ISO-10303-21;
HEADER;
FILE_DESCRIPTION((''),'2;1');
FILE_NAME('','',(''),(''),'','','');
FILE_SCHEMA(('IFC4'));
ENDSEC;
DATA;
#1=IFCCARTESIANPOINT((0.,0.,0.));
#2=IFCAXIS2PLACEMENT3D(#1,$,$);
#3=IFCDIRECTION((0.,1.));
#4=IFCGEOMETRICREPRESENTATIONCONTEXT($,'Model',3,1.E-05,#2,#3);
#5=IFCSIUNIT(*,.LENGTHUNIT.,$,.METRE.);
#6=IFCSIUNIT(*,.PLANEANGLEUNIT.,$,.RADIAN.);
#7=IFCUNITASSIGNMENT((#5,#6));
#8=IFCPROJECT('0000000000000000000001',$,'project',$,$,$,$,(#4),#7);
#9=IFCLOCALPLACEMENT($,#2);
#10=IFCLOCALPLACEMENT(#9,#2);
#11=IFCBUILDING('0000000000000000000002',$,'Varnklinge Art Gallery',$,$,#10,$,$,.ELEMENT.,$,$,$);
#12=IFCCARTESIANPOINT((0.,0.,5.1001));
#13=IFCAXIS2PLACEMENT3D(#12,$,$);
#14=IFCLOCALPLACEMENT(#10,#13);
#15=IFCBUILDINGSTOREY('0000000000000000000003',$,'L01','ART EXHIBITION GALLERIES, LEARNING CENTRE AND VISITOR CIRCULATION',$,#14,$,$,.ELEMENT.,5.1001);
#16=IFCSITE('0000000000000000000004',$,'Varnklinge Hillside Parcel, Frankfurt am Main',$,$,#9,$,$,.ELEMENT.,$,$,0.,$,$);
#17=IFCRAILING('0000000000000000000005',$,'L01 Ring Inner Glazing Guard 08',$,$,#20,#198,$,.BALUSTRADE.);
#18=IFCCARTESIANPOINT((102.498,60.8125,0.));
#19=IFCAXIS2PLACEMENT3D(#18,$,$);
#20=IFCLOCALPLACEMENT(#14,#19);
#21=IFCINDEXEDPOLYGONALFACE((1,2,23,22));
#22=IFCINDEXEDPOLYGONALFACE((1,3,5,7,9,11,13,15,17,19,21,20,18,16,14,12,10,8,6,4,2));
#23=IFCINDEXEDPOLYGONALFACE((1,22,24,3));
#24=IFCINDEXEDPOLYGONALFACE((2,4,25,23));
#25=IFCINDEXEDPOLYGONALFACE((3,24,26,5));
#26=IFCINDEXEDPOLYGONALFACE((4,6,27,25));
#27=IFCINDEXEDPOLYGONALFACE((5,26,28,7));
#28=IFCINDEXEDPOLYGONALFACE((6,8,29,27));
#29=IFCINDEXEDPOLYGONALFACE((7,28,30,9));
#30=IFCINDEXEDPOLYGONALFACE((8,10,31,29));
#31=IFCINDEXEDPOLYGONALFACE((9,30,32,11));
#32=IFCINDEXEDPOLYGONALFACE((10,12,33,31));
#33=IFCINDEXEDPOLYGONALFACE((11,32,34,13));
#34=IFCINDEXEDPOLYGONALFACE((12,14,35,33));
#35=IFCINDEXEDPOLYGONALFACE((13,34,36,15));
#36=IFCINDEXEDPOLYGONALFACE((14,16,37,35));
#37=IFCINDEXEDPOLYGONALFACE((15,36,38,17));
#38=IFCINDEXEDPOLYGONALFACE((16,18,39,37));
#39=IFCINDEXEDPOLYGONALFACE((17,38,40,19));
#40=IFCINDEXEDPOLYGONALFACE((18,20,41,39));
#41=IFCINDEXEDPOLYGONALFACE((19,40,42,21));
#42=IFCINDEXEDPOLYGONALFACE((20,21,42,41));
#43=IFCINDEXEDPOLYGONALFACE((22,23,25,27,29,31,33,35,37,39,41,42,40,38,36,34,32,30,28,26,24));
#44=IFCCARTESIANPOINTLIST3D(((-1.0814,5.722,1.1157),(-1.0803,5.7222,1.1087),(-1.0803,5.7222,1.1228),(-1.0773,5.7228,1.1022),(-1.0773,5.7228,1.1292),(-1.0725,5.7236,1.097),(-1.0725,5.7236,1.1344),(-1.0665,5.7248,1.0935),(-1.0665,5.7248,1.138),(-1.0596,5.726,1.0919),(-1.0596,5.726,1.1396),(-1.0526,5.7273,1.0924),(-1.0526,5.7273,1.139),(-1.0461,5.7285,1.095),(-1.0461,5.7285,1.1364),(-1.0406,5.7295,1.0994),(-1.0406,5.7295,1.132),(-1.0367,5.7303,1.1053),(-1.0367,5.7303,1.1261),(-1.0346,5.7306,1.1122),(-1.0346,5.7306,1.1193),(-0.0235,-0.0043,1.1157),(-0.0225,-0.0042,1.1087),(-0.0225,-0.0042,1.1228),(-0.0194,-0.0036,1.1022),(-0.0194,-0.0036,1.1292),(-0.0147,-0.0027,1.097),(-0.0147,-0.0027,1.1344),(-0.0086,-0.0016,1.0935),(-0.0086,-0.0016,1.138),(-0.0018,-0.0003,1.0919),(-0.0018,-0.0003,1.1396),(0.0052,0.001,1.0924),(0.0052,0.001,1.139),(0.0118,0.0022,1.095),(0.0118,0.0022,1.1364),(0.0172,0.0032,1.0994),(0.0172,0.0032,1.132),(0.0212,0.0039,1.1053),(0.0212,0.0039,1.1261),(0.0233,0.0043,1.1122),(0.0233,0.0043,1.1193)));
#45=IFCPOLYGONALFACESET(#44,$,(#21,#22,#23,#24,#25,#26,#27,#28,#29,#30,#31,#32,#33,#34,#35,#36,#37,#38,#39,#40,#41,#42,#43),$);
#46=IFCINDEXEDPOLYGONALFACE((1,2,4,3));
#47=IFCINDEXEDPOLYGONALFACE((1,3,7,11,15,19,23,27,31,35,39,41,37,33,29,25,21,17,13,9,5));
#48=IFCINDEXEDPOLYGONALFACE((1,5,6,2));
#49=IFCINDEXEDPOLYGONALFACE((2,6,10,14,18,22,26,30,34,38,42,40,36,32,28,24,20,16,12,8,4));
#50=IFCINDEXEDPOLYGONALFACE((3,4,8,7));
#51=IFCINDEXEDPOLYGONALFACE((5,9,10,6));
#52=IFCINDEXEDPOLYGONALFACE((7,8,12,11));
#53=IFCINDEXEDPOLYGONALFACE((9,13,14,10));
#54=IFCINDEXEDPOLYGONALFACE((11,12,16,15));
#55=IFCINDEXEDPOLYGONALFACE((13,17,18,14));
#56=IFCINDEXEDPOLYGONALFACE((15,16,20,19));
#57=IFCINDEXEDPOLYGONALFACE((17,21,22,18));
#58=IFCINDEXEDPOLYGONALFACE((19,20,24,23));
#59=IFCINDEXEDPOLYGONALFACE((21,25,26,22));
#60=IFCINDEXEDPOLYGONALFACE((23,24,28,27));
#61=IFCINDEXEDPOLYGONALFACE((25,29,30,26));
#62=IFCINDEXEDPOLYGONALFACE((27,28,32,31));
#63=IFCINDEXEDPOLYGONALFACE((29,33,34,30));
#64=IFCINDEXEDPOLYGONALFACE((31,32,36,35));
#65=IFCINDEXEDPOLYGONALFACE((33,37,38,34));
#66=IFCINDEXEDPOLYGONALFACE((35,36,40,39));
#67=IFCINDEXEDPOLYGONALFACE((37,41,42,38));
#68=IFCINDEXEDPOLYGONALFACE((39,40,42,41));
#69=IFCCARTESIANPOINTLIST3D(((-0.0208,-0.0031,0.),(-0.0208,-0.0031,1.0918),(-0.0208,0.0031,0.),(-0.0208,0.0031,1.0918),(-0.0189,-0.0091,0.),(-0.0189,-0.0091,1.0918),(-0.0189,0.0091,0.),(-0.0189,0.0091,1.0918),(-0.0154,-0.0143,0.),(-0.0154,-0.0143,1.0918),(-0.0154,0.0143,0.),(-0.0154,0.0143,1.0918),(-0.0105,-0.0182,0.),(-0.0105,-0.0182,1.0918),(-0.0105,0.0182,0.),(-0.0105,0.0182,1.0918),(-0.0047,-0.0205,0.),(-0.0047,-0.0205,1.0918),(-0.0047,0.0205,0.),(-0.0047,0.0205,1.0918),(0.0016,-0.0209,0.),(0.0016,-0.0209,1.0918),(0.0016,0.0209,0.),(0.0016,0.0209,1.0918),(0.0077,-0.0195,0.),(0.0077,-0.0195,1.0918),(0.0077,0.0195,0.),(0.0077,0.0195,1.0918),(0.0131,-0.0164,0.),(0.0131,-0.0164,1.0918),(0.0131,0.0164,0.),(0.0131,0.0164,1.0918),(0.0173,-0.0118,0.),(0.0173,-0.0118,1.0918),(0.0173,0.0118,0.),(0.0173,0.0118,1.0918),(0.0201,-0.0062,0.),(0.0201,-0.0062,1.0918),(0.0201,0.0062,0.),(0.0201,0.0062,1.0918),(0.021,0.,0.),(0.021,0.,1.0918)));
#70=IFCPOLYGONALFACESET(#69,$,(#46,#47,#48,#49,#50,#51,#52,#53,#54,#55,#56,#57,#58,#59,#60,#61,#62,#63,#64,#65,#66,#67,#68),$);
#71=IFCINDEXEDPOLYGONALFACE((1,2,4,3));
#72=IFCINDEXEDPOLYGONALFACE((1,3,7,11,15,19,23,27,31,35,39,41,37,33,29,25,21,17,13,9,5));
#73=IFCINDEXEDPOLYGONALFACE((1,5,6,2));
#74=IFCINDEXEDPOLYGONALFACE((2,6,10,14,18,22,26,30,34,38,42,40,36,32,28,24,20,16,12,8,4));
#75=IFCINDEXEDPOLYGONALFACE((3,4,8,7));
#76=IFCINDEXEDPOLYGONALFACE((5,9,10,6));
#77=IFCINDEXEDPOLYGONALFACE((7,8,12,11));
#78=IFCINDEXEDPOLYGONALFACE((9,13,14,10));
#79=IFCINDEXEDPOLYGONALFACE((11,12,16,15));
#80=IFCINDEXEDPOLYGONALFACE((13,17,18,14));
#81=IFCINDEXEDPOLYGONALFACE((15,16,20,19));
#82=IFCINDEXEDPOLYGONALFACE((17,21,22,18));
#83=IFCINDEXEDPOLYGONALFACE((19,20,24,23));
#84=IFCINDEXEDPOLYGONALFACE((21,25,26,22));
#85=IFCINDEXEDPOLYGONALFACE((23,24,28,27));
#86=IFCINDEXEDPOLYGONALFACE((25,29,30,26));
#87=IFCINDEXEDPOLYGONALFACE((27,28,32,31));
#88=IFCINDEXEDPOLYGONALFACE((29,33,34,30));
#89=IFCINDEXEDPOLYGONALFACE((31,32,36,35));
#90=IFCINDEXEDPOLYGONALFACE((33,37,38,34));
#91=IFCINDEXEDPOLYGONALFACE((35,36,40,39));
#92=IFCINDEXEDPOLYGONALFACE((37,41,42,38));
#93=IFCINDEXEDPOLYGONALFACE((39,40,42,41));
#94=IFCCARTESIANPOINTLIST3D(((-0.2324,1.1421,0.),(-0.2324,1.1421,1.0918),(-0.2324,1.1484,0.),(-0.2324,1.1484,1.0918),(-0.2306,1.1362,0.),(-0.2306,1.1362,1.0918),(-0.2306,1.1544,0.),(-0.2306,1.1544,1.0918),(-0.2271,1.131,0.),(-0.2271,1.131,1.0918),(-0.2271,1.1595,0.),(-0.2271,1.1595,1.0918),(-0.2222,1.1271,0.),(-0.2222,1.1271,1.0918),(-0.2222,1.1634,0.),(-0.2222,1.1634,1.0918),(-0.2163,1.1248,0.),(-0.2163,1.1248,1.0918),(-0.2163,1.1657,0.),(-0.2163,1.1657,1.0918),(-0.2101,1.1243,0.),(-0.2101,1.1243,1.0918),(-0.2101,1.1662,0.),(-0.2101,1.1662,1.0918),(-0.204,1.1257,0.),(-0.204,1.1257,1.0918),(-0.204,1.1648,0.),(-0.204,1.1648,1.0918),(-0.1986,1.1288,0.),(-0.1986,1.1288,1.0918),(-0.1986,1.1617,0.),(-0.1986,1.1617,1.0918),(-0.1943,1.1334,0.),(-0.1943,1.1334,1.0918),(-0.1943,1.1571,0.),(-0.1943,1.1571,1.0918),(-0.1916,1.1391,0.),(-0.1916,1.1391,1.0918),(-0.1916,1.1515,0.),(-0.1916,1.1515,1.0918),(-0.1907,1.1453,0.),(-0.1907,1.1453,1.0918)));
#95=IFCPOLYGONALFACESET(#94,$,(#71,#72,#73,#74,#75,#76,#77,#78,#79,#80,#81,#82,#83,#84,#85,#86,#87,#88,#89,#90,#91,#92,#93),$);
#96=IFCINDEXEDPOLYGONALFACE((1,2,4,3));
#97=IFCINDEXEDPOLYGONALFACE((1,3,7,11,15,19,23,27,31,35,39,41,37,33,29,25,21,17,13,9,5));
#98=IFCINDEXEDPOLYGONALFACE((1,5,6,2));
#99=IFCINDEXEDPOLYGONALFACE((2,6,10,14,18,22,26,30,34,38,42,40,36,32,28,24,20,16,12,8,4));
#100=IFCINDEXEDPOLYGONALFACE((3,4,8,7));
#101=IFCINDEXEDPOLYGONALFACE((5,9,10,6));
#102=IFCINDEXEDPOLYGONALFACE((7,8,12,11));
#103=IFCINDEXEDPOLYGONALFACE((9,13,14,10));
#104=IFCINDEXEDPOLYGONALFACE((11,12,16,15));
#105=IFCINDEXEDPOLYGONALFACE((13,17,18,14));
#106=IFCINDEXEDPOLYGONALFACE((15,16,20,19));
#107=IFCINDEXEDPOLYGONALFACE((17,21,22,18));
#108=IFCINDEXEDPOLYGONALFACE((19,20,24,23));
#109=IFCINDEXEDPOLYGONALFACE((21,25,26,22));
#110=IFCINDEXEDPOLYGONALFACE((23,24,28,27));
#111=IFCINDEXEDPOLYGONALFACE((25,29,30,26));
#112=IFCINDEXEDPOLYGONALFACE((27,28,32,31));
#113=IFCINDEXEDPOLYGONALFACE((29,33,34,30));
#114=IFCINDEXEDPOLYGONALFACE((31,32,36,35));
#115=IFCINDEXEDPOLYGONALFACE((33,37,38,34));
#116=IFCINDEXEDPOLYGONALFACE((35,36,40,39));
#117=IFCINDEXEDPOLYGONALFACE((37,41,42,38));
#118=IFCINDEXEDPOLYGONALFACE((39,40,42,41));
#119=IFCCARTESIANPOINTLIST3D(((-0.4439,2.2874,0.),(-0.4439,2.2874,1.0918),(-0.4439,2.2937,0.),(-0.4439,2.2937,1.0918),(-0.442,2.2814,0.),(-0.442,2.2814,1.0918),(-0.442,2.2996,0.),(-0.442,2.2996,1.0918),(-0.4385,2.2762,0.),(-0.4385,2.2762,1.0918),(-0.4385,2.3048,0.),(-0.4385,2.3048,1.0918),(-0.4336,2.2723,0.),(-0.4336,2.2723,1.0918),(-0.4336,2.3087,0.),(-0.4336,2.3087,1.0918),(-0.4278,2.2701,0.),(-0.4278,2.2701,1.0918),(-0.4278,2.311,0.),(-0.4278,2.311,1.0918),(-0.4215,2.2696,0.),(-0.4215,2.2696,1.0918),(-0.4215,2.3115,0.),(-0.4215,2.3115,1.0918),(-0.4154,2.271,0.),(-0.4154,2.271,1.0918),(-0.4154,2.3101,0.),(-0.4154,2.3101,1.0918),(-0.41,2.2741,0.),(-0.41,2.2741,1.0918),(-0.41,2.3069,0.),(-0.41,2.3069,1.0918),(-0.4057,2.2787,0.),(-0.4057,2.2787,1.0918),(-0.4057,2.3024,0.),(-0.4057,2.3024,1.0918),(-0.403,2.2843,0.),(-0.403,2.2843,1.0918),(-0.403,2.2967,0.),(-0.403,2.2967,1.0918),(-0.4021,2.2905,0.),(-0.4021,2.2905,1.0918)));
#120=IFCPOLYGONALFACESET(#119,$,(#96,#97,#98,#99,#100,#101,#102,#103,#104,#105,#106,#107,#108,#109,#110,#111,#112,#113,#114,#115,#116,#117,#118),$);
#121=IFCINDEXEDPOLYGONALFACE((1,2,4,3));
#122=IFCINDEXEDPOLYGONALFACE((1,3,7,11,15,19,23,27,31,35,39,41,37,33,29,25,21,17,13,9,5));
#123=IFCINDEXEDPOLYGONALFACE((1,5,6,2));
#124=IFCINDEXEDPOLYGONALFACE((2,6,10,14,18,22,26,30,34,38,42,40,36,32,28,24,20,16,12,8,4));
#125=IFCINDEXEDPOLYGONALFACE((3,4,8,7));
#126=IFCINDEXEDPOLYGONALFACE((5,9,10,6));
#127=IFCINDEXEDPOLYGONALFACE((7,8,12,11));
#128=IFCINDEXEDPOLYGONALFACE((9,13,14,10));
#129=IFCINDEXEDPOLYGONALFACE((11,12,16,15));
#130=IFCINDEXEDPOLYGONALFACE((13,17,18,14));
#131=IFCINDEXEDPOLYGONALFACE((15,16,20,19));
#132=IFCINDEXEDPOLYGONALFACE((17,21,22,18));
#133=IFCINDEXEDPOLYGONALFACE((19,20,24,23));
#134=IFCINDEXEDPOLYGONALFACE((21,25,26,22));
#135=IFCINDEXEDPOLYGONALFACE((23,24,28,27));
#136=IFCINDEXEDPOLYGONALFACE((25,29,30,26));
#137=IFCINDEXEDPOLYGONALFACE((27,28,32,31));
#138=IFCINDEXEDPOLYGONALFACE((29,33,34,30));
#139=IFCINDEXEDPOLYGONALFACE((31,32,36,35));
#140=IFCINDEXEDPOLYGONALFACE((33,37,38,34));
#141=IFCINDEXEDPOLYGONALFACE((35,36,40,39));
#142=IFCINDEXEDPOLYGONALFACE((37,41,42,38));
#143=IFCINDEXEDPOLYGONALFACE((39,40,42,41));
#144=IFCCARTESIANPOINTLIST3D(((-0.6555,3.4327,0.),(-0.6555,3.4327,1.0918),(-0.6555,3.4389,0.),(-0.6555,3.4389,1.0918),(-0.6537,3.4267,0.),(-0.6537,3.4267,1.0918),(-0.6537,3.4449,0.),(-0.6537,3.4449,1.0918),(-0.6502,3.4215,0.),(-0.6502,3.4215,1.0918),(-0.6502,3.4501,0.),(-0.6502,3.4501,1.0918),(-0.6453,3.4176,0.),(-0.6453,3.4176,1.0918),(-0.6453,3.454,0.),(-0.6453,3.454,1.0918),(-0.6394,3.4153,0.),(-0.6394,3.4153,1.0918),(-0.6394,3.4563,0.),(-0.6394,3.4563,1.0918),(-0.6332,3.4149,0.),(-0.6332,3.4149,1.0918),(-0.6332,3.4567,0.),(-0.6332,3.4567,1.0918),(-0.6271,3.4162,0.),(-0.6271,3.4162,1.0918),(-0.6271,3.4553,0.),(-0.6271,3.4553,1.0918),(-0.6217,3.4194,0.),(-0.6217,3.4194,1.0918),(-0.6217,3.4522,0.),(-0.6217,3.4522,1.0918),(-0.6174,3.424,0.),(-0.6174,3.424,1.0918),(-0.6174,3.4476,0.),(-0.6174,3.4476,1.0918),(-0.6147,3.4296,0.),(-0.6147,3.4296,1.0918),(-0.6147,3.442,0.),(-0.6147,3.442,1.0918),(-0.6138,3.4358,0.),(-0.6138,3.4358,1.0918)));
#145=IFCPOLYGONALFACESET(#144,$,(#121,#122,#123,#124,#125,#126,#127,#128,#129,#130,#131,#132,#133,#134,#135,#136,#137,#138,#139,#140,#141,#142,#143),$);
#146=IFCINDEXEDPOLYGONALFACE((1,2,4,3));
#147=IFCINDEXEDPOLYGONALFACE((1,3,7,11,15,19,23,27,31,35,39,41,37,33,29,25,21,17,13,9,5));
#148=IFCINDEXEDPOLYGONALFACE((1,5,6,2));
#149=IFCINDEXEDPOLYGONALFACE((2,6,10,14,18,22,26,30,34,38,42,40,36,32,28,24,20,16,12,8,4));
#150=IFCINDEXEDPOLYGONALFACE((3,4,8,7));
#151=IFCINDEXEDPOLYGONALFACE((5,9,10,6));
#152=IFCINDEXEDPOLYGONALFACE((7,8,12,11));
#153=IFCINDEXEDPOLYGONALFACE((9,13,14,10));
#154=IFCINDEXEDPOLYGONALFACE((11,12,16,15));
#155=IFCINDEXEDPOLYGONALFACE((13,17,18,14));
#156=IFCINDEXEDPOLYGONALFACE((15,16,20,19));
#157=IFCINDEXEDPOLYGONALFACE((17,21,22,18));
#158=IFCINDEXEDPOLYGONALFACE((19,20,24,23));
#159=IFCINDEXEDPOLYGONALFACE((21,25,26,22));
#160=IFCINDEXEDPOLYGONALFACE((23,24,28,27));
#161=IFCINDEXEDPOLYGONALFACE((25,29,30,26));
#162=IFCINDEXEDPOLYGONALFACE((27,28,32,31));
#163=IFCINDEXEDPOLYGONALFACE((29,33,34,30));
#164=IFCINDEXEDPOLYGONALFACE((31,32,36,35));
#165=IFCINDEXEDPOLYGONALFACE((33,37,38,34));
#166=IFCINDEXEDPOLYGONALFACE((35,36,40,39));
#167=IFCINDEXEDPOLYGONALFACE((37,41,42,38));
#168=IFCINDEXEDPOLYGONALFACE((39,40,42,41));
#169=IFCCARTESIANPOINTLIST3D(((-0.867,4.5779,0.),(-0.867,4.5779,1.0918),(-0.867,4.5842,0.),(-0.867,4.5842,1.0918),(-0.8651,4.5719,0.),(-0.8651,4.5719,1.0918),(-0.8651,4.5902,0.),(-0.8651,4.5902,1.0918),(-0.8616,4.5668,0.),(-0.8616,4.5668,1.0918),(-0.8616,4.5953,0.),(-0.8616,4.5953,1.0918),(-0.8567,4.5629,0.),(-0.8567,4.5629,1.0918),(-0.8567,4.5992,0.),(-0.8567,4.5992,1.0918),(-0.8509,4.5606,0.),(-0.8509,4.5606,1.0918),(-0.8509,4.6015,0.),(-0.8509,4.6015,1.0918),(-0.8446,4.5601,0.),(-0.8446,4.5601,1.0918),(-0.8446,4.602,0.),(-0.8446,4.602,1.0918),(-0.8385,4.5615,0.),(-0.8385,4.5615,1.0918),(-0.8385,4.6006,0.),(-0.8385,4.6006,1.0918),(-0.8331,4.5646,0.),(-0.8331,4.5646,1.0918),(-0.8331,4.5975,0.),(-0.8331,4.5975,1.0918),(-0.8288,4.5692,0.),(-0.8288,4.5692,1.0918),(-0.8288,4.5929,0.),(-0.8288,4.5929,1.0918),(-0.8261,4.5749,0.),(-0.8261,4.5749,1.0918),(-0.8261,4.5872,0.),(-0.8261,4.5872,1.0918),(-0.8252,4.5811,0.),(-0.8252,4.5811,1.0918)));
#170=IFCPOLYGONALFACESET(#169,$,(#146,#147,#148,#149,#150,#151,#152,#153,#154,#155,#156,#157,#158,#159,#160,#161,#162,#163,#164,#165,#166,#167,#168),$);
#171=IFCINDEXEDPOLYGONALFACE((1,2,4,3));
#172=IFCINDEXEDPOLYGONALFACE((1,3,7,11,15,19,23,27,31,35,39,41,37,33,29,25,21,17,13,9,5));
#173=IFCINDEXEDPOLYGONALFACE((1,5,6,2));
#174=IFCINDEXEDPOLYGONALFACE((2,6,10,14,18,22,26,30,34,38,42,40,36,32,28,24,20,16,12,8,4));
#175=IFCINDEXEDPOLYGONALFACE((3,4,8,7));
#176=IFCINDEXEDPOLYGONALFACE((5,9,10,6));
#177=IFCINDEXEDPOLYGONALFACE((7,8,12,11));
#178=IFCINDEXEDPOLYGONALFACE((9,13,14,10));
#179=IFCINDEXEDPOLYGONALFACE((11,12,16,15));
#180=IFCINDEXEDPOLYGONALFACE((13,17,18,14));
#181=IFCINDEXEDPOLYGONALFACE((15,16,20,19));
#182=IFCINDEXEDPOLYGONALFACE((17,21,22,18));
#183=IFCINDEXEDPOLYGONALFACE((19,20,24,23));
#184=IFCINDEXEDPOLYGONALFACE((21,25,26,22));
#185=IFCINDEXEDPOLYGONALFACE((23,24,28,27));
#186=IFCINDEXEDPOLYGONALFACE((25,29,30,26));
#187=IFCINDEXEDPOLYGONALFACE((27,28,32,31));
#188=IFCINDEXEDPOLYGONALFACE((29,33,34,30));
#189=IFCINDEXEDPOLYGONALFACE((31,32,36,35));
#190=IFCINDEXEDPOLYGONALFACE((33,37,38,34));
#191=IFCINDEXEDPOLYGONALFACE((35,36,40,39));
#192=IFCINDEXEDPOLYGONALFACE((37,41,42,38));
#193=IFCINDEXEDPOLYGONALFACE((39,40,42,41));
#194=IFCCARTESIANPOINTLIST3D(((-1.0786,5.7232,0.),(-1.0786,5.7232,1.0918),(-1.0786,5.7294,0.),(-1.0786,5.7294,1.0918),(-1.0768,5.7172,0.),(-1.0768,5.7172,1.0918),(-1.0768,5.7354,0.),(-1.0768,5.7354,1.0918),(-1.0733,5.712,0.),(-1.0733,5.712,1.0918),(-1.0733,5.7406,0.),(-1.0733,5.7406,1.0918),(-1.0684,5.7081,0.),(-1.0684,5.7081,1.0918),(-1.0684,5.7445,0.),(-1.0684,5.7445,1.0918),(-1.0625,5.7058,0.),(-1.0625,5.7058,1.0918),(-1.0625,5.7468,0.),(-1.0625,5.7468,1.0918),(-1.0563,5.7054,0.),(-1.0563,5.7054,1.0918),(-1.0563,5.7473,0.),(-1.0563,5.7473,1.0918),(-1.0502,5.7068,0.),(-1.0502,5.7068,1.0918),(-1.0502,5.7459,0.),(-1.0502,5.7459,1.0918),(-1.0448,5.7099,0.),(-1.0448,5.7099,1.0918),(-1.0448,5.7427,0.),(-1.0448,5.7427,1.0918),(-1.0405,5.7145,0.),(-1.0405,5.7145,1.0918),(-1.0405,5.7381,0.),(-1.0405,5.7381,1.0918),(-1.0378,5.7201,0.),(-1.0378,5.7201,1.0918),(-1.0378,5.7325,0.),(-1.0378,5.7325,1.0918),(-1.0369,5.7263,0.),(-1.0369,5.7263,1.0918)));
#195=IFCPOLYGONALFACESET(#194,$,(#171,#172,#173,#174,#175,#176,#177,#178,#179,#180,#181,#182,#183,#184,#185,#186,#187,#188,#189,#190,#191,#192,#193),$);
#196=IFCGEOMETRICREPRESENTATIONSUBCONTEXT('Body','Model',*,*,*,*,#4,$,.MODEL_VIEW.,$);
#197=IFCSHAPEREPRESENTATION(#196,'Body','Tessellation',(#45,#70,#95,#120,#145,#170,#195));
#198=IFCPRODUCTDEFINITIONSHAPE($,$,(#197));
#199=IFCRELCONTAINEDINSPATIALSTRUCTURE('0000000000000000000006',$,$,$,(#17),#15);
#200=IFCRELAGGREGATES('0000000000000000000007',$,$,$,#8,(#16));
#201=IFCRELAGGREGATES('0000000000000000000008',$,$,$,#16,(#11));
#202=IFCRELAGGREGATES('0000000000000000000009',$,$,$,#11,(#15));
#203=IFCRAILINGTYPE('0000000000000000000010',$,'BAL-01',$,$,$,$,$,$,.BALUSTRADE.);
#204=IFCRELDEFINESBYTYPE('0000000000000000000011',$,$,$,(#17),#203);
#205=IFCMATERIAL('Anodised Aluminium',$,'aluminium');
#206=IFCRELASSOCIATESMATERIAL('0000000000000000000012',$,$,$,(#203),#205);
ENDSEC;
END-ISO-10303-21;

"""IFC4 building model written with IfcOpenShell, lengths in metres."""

from ifc_helpers import new_model, si_unit, direction, frame, origin, origin_2d, place, context, subcontext, project, spatial, circle, extrude, material, type_object, element, save


model = new_model("IFC4")

# Units and contexts
model_context = context("Model", 3, precision=1e-05, world=origin(), true_north=direction((0.0, 1.0)))
body_context = subcontext(model_context, "Body", "Model", "MODEL_VIEW")
ifc_project = project(units=[si_unit("LENGTHUNIT", "METRE"), si_unit("PLANEANGLEUNIT", "RADIAN")], contexts=[model_context])

# Site, building, storey
site_placement = place(None, origin())
site = spatial("IfcSite", under=ifc_project, at=site_placement, Name="Varnklinge Hillside Parcel, Frankfurt am Main", CompositionType="ELEMENT", RefElevation=0.0)
building_placement = place(site_placement, origin())
building = spatial("IfcBuilding", under=site, at=building_placement, Name="Varnklinge Art Gallery", CompositionType="ELEMENT")
storey_placement = place(building_placement, frame((0.0, 0.0, 5.1001)))
storey = spatial("IfcBuildingStorey", under=building, at=storey_placement, Name="L01", Description="ART EXHIBITION GALLERIES, LEARNING CENTRE AND VISITOR CIRCULATION", CompositionType="ELEMENT", Elevation=5.1001)

# Railing
ifc_material_1 = material(Name="Anodised Aluminium", Category="aluminium")
railing_type = type_object("IfcRailingType", Name="BAL-01", PredefinedType="BALUSTRADE", material=ifc_material_1)
railing_1_placement = place(storey_placement, frame((102.498, 60.8125, 0.0)))
element("IfcRailing", 1, at=railing_1_placement, inside=storey, type_object=railing_type, Name="L01 Ring Inner Glazing Guard 08", PredefinedType="BALUSTRADE", context=body_context, shape_type="SweptSolid", body=[
    extrude(circle(Radius=0.0239, at=origin_2d()), frame((0.0, 0.0, 1.1157), z_axis=(-0.181663, 0.983361, 0.0), x_axis=(-0.983361, -0.181663, 0.0)), (0.0, 0.0, 1.0), 5.8232),
    extrude(circle(Radius=0.021, at=origin_2d()), origin(), (0.0, 0.0, 1.0), 1.0918),
    extrude(circle(Radius=0.021, at=origin_2d()), frame((-0.2117, 1.1453, 0.0)), (0.0, 0.0, 1.0), 1.0918),
    extrude(circle(Radius=0.021, at=origin_2d()), frame((-0.4231, 2.2905, 0.0)), (0.0, 0.0, 1.0), 1.0918),
    extrude(circle(Radius=0.021, at=origin_2d()), frame((-0.6348, 3.4358, 0.0)), (0.0, 0.0, 1.0), 1.0918),
    extrude(circle(Radius=0.021, at=origin_2d()), frame((-0.8462, 4.5811, 0.0)), (0.0, 0.0, 1.0), 1.0918),
    extrude(circle(Radius=0.021, at=origin_2d()), frame((-1.0579, 5.7263, 0.0)), (0.0, 0.0, 1.0), 1.0918),
])

save(model, "model.ifc")
